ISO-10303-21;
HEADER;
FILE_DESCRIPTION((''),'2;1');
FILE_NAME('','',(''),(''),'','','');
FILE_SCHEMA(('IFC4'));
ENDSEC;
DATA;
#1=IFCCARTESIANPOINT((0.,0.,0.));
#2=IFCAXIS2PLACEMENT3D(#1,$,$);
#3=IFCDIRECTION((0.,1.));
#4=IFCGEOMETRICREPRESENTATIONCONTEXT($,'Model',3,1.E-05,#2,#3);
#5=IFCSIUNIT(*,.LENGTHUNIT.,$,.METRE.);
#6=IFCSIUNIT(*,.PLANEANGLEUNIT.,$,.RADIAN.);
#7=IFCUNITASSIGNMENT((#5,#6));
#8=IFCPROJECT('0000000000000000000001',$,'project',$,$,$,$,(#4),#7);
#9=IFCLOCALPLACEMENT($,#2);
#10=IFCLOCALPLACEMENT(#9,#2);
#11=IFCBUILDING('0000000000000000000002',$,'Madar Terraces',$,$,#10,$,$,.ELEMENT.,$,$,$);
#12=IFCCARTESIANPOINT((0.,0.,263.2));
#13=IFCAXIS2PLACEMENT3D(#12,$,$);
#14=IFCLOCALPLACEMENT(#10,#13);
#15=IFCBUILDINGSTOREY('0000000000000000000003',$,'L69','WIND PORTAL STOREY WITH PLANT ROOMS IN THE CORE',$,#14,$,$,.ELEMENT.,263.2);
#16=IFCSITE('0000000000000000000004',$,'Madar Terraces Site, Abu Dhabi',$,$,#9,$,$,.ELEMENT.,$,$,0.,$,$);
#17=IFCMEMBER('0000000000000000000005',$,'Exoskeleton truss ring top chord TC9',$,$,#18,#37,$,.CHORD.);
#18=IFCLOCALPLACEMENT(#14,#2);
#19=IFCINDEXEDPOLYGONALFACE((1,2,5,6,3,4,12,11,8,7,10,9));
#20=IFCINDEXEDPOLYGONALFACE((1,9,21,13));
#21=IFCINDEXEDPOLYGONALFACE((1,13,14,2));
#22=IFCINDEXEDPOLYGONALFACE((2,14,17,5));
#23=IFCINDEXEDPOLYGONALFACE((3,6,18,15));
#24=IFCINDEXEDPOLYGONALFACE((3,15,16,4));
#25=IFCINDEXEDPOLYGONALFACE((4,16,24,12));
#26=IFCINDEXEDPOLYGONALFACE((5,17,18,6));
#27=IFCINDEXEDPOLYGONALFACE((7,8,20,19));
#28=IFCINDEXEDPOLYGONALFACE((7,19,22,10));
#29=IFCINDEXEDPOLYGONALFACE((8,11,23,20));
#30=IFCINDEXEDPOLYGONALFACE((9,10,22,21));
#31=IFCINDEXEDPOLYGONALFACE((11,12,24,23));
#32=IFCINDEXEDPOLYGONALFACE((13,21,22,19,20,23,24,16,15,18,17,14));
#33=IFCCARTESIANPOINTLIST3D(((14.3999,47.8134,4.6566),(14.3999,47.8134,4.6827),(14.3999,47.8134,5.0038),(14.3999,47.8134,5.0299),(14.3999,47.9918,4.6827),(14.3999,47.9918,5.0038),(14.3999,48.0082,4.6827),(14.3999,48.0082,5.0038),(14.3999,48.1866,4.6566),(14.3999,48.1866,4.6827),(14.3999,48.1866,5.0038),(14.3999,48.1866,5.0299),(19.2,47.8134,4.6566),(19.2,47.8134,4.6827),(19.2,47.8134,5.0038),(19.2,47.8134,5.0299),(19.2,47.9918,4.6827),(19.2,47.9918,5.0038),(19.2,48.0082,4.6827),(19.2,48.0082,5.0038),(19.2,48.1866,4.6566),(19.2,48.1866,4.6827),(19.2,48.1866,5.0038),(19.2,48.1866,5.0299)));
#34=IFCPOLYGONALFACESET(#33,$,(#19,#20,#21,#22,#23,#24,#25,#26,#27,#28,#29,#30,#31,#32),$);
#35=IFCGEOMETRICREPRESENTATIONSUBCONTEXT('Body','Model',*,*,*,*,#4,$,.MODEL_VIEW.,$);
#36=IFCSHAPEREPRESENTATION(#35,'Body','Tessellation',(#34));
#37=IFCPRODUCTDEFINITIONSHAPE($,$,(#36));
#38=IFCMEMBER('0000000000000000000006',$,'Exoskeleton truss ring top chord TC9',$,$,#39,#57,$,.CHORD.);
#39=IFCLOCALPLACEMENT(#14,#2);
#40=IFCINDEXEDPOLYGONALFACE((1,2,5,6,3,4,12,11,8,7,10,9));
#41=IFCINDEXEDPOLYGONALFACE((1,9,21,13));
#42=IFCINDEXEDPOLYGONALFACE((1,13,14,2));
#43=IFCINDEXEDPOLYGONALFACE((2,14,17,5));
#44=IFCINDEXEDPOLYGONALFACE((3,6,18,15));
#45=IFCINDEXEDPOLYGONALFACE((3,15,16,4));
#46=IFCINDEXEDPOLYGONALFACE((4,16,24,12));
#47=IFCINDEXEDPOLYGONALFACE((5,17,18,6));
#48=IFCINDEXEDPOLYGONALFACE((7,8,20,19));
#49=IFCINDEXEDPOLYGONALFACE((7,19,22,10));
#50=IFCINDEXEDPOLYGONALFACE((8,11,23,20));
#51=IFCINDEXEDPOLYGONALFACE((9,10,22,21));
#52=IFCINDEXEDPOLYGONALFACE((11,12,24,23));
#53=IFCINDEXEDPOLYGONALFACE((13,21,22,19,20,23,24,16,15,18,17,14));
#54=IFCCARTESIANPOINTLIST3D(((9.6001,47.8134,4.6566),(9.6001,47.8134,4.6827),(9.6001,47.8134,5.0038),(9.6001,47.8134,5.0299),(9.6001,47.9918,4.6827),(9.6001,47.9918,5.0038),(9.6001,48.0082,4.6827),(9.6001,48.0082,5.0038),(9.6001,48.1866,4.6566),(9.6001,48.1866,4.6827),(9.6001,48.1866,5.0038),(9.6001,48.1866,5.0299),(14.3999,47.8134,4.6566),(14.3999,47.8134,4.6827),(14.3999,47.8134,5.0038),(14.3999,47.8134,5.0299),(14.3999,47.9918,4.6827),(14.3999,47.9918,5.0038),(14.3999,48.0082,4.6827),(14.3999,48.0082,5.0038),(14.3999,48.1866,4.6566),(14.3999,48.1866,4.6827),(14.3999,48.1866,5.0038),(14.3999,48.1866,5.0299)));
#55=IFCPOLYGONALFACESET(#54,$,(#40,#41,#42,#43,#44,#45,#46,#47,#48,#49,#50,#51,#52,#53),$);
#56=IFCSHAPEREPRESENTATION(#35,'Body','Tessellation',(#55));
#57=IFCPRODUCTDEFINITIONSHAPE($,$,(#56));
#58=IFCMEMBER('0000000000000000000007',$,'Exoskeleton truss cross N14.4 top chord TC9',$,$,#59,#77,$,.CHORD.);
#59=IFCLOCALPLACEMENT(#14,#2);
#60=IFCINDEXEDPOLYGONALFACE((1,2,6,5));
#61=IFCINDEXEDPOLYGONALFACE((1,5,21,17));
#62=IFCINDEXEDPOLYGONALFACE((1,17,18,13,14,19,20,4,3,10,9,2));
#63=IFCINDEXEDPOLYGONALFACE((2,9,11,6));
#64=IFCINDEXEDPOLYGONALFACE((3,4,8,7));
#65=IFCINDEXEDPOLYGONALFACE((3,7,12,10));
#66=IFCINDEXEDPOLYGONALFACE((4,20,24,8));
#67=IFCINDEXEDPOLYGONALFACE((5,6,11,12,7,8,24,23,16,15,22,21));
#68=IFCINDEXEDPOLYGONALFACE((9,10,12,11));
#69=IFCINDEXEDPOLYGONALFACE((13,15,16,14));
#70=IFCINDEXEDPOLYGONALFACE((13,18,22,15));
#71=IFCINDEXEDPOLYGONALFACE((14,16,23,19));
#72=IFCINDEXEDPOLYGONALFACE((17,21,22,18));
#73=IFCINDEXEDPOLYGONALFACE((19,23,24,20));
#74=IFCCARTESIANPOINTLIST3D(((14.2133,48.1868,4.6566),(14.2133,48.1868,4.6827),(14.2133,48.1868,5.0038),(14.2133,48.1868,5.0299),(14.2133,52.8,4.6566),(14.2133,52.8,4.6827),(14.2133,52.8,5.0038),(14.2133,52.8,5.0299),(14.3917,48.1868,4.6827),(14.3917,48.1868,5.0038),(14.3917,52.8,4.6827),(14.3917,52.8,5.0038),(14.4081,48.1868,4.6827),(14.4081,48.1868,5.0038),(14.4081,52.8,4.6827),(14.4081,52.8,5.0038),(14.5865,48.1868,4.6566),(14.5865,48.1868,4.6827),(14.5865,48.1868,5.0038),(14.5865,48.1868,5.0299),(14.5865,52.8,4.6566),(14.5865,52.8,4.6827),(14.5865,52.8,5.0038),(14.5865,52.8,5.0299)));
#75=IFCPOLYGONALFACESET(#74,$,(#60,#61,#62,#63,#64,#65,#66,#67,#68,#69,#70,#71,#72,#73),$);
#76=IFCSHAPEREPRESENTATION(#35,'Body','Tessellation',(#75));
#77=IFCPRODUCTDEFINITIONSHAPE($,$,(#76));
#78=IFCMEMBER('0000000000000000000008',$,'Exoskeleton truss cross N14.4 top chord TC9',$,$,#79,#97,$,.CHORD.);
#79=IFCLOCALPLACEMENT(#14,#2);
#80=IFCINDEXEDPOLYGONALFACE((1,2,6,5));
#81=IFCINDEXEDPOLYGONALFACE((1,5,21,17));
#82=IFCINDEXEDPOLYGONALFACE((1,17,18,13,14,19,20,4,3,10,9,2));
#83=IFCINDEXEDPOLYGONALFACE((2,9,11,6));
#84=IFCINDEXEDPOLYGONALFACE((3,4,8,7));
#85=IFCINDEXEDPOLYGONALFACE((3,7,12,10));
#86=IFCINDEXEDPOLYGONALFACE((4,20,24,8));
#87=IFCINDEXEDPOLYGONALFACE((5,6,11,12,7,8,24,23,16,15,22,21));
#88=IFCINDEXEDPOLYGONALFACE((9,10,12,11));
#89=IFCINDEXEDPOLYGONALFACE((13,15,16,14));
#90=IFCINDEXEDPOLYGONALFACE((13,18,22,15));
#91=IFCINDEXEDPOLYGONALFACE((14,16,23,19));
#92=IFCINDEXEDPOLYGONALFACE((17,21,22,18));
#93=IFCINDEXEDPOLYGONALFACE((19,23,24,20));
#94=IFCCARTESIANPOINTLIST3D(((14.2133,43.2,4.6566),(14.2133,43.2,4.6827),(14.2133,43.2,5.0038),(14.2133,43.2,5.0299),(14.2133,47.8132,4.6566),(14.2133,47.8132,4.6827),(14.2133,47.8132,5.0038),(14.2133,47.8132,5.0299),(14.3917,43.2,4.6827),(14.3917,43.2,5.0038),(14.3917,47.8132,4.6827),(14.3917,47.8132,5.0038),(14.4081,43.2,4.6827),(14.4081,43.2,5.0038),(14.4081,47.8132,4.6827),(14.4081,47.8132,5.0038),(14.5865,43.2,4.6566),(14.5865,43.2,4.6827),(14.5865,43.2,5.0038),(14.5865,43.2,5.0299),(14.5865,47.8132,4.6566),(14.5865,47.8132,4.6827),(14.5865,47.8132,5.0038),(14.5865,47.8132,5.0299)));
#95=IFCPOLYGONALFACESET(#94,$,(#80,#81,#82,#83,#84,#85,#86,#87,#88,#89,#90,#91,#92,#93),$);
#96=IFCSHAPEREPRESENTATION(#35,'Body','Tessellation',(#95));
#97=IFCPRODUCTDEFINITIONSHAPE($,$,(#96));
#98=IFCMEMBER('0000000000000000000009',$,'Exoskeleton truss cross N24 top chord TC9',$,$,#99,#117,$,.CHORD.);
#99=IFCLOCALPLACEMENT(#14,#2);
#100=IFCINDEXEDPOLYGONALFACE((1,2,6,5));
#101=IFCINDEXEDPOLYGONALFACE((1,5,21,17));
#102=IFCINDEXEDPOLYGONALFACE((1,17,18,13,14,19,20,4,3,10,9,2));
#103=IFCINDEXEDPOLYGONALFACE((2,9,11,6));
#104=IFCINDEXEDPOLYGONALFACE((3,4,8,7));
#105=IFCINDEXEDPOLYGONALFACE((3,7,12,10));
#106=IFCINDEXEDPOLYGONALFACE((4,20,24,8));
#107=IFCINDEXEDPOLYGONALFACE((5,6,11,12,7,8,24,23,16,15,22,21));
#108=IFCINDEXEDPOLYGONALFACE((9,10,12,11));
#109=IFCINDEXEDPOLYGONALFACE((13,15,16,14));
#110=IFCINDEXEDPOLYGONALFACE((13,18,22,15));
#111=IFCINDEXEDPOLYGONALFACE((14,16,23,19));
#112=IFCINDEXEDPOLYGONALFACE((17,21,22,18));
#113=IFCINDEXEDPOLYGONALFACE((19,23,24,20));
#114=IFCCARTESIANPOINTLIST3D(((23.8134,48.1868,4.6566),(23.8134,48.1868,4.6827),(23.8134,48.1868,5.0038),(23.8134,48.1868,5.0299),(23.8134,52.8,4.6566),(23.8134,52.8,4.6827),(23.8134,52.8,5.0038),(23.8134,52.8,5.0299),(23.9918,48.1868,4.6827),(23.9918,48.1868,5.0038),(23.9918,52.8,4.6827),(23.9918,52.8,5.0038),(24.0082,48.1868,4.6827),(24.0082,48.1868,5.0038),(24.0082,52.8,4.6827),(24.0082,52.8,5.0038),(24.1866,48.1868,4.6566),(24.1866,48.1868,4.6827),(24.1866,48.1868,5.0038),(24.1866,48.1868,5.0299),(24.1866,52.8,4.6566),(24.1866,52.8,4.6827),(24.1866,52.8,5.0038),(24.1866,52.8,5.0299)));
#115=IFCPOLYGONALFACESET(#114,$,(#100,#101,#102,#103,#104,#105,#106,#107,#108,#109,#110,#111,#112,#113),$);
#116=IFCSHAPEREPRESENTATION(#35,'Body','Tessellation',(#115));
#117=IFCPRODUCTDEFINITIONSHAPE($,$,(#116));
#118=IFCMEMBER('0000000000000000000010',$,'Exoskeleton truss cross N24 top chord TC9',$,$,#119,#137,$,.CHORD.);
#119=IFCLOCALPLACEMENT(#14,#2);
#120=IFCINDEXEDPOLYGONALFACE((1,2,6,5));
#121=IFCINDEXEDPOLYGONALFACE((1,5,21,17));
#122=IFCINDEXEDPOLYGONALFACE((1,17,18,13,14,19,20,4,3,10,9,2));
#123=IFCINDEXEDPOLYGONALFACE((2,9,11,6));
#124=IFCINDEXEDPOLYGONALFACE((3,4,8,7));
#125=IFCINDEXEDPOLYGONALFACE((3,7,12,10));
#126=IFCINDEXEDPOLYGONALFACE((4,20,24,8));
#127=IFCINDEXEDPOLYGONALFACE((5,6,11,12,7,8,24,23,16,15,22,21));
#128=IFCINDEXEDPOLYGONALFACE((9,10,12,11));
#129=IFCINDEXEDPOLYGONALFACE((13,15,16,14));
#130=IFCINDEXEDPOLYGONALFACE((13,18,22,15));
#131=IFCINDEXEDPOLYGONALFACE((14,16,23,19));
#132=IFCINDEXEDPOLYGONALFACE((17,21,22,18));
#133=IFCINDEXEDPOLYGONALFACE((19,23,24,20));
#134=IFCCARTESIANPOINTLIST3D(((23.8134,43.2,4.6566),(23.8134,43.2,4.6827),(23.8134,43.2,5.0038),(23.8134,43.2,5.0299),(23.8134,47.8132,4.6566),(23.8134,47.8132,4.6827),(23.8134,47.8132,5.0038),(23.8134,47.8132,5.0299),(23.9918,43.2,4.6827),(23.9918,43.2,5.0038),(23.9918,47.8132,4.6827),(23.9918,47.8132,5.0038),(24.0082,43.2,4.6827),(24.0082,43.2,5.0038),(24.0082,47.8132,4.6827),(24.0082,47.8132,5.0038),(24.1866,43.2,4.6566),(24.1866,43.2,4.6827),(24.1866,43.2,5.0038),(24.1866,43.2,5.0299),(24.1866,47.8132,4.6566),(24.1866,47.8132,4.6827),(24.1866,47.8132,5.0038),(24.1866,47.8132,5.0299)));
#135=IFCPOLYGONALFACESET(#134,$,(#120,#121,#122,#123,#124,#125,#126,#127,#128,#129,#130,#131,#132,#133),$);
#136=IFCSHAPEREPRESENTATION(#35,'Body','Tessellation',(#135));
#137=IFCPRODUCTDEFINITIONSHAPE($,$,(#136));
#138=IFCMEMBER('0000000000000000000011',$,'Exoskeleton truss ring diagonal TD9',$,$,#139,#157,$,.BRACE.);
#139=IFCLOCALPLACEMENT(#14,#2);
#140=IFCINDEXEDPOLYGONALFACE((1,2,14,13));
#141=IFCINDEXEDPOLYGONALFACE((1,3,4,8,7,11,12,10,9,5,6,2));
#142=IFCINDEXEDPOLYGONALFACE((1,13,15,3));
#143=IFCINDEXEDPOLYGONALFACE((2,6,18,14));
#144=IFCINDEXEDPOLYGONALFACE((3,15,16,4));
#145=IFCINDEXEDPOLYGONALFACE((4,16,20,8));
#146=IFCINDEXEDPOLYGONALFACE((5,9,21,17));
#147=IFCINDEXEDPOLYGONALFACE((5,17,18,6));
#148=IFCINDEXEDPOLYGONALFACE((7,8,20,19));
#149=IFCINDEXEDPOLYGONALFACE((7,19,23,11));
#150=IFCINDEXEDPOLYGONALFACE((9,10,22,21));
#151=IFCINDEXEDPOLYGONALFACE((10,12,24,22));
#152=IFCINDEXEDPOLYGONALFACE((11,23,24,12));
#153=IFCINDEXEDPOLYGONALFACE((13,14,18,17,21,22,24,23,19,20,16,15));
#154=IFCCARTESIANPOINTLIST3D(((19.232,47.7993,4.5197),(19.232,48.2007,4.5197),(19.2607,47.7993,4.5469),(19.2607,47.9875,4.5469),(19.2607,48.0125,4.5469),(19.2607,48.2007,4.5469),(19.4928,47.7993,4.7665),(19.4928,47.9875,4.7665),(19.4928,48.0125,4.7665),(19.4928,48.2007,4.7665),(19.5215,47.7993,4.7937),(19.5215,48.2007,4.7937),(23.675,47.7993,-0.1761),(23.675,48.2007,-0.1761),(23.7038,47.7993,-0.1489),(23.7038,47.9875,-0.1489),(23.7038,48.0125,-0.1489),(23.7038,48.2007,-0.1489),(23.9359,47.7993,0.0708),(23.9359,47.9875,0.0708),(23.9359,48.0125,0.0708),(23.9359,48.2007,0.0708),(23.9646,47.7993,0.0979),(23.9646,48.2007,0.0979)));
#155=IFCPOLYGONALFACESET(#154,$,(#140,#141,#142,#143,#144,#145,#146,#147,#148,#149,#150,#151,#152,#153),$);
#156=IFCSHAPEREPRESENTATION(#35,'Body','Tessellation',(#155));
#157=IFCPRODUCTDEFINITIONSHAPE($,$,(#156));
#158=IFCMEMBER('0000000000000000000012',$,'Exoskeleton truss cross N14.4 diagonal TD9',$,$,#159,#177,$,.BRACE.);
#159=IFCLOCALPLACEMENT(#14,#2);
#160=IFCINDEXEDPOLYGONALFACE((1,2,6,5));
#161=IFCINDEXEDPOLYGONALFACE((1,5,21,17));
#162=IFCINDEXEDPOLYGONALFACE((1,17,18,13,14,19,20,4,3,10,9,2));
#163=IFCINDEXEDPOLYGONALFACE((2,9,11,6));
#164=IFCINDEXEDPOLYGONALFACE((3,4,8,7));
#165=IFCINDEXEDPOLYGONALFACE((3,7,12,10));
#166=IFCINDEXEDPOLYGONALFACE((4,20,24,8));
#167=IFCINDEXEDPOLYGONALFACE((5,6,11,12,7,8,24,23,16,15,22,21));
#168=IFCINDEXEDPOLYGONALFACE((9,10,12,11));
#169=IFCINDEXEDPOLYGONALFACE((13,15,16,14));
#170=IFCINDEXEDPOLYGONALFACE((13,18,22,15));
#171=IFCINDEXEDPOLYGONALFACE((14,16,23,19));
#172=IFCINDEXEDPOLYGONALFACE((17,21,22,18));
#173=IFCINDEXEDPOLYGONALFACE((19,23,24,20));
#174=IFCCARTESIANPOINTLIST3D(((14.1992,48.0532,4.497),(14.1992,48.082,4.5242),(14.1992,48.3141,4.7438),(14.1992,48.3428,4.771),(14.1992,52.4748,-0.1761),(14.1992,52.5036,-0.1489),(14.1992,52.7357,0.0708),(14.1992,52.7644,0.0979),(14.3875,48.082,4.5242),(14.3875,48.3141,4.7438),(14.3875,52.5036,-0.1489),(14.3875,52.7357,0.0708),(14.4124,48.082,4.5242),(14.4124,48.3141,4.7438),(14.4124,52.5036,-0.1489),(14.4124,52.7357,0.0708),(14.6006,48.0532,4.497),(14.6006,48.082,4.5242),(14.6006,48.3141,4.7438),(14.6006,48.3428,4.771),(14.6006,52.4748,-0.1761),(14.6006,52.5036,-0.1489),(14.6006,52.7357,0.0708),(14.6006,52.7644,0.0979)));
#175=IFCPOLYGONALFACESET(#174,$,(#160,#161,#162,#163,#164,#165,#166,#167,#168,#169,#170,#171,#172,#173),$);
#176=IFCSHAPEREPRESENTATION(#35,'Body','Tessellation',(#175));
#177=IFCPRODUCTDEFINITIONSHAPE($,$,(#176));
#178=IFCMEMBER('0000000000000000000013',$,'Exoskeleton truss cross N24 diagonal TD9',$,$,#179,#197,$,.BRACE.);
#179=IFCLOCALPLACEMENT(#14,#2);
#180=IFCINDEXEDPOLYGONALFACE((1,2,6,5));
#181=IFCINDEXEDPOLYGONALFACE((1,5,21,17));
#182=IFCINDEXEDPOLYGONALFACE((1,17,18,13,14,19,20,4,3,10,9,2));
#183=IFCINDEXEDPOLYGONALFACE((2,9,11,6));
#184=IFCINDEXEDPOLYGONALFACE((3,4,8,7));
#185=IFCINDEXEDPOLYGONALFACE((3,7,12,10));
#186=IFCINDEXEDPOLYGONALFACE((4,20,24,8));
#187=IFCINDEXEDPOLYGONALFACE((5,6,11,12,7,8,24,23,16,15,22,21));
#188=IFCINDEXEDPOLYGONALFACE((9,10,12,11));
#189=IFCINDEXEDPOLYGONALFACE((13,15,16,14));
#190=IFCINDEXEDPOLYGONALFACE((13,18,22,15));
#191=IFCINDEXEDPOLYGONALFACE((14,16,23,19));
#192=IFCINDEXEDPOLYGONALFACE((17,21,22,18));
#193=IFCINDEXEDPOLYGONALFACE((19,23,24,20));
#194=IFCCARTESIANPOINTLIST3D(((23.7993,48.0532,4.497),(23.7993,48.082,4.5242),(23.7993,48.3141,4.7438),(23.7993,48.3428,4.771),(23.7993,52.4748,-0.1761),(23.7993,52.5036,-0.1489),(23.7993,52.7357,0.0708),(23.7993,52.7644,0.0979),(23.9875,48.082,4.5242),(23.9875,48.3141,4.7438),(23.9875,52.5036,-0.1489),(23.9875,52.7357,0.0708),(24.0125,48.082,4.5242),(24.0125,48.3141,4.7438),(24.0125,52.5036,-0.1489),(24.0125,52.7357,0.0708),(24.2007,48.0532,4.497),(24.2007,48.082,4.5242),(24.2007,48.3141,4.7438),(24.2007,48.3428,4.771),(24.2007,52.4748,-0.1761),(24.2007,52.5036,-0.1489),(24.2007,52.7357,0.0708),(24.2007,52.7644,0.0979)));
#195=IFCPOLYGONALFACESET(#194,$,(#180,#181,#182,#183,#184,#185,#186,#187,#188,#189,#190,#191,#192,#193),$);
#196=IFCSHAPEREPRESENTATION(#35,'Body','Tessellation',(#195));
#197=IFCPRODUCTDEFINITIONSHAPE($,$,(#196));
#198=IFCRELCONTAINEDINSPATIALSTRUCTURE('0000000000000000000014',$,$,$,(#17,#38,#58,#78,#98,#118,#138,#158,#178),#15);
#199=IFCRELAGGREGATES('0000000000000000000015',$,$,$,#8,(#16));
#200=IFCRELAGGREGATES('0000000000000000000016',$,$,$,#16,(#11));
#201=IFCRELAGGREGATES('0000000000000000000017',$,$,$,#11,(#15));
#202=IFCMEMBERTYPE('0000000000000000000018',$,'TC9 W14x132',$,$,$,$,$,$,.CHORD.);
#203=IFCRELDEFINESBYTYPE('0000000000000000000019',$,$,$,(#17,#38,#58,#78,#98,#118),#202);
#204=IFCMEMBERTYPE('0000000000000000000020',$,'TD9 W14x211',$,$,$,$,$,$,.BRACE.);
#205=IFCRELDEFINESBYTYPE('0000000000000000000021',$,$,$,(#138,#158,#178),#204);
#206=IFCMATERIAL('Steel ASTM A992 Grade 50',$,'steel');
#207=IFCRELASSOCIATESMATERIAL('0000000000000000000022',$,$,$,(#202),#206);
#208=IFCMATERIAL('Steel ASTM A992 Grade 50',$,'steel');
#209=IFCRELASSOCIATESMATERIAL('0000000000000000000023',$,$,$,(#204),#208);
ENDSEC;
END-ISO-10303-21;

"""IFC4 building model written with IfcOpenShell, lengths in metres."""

from ifc_helpers import new_model, si_unit, direction, frame, origin, origin_2d, place, context, subcontext, project, spatial, i_section, extrude, material, material_profile, profile_set, type_object, element, save


model = new_model("IFC4")

# Units and contexts
model_context = context("Model", 3, precision=1e-05, world=origin(), true_north=direction((0.0, 1.0)))
body_context = subcontext(model_context, "Body", "Model", "MODEL_VIEW")
ifc_project = project(units=[si_unit("LENGTHUNIT", "METRE"), si_unit("PLANEANGLEUNIT", "RADIAN")], contexts=[model_context])

# Site, building, storey
site_placement = place(None, origin())
site = spatial("IfcSite", under=ifc_project, at=site_placement, Name="Madar Terraces Site, Abu Dhabi", CompositionType="ELEMENT", RefElevation=0.0)
building_placement = place(site_placement, origin())
building = spatial("IfcBuilding", under=site, at=building_placement, Name="Madar Terraces", CompositionType="ELEMENT")
storey_placement = place(building_placement, frame((0.0, 0.0, 263.2)))
storey = spatial("IfcBuildingStorey", under=building, at=storey_placement, Name="L69", Description="WIND PORTAL STOREY WITH PLANT ROOMS IN THE CORE", CompositionType="ELEMENT", Elevation=263.2)

# Members
ifc_material_1 = material(Name="Steel ASTM A992 Grade 50", Category="steel")
ifc_material_profile_1 = material_profile(ifc_material_1, i_section(OverallWidth=0.3733, OverallDepth=0.3733, WebThickness=0.0164, FlangeThickness=0.0261, at=origin_2d()), Name="W14x132")
ifc_profile_set_1 = profile_set([ifc_material_profile_1], Name="Steel ASTM A992 Grade 50")
member_type_1 = type_object("IfcMemberType", Name="TC9 W14x132", PredefinedType="CHORD", material=ifc_profile_set_1)
for number, where, z_axis, x_axis, name in (
    (1, (19.2, 48.0, 4.8433), (-1.0, 0.0, 0.0), (0.0, -1.0, 0.0), "Exoskeleton truss ring top chord TC9"),
):
    element("IfcMember", number, at=place(storey_placement, frame(where, z_axis=z_axis, x_axis=x_axis)), inside=storey, type_object=member_type_1, Name=name, PredefinedType="CHORD", context=body_context, shape_type="SweptSolid", body=[
        extrude(i_section(OverallWidth=0.3733, OverallDepth=0.3733, WebThickness=0.0164, FlangeThickness=0.0261, at=origin_2d()), origin(), (0.0, 0.0, 1.0), 4.8),
    ])
member_1_placement = place(storey_placement, frame((14.3999, 48.0, 4.8433), z_axis=(-1.0, 0.0, 0.0), x_axis=(0.0, -1.0, 0.0)))
element("IfcMember", 2, at=member_1_placement, inside=storey, type_object=member_type_1, Name="Exoskeleton truss ring top chord TC9", PredefinedType="CHORD", context=body_context, shape_type="SweptSolid", body=[
    extrude(i_section(OverallWidth=0.3733, OverallDepth=0.3733, WebThickness=0.0164, FlangeThickness=0.0261, at=origin_2d()), origin(), (0.0, 0.0, 1.0), 4.7998),
])
for number, where, z_axis, x_axis, name in (
    (3, (14.3999, 52.8, 4.8433), (0.0, -1.0, 0.0), (1.0, 0.0, 0.0), "Exoskeleton truss cross N14.4 top chord TC9"),
    (4, (14.3999, 47.8132, 4.8433), (0.0, -1.0, 0.0), (1.0, 0.0, 0.0), "Exoskeleton truss cross N14.4 top chord TC9"),
    (5, (24.0, 52.8, 4.8433), (0.0, -1.0, 0.0), (1.0, 0.0, 0.0), "Exoskeleton truss cross N24 top chord TC9"),
    (6, (24.0, 47.8132, 4.8433), (0.0, -1.0, 0.0), (1.0, 0.0, 0.0), "Exoskeleton truss cross N24 top chord TC9"),
):
    element("IfcMember", number, at=place(storey_placement, frame(where, z_axis=z_axis, x_axis=x_axis)), inside=storey, type_object=member_type_1, Name=name, PredefinedType="CHORD", context=body_context, shape_type="SweptSolid", body=[
        extrude(i_section(OverallWidth=0.3733, OverallDepth=0.3733, WebThickness=0.0164, FlangeThickness=0.0261, at=origin_2d()), origin(), (0.0, 0.0, 1.0), 4.6133),
    ])
ifc_material_2 = material(Name="Steel ASTM A992 Grade 50", Category="steel")
ifc_material_profile_2 = material_profile(ifc_material_2, i_section(OverallWidth=0.4014, OverallDepth=0.3987, WebThickness=0.0249, FlangeThickness=0.0396, at=origin_2d()), Name="W14x211")
ifc_profile_set_2 = profile_set([ifc_material_profile_2], Name="Steel ASTM A992 Grade 50")
member_type_2 = type_object("IfcMemberType", Name="TD9 W14x211", PredefinedType="BRACE", material=ifc_profile_set_2)
member_2_placement = place(storey_placement, frame((23.8198, 48.0, -0.0391), z_axis=(-0.687293, 0.0, 0.72638), x_axis=(0.0, -1.0, 0.0)))
element("IfcMember", 7, at=member_2_placement, inside=storey, type_object=member_type_2, Name="Exoskeleton truss ring diagonal TD9", PredefinedType="BRACE", context=body_context, shape_type="SweptSolid", body=[
    extrude(i_section(OverallWidth=0.4014, OverallDepth=0.3987, WebThickness=0.0249, FlangeThickness=0.0396, at=origin_2d()), origin(), (0.0, 0.0, 1.0), 6.4646),
])
for number, where, z_axis, x_axis, name in (
    (8, (14.3999, 52.6196, -0.0391), (0.0, -0.687293, 0.72638), (1.0, 0.0, 0.0), "Exoskeleton truss cross N14.4 diagonal TD9"),
    (9, (24.0, 52.6196, -0.0391), (0.0, -0.687293, 0.72638), (1.0, 0.0, 0.0), "Exoskeleton truss cross N24 diagonal TD9"),
):
    element("IfcMember", number, at=place(storey_placement, frame(where, z_axis=z_axis, x_axis=x_axis)), inside=storey, type_object=member_type_2, Name=name, PredefinedType="BRACE", context=body_context, shape_type="SweptSolid", body=[
        extrude(i_section(OverallWidth=0.4014, OverallDepth=0.3987, WebThickness=0.0249, FlangeThickness=0.0396, at=origin_2d()), origin(), (0.0, 0.0, 1.0), 6.4333),
    ])

save(model, "model.ifc")
